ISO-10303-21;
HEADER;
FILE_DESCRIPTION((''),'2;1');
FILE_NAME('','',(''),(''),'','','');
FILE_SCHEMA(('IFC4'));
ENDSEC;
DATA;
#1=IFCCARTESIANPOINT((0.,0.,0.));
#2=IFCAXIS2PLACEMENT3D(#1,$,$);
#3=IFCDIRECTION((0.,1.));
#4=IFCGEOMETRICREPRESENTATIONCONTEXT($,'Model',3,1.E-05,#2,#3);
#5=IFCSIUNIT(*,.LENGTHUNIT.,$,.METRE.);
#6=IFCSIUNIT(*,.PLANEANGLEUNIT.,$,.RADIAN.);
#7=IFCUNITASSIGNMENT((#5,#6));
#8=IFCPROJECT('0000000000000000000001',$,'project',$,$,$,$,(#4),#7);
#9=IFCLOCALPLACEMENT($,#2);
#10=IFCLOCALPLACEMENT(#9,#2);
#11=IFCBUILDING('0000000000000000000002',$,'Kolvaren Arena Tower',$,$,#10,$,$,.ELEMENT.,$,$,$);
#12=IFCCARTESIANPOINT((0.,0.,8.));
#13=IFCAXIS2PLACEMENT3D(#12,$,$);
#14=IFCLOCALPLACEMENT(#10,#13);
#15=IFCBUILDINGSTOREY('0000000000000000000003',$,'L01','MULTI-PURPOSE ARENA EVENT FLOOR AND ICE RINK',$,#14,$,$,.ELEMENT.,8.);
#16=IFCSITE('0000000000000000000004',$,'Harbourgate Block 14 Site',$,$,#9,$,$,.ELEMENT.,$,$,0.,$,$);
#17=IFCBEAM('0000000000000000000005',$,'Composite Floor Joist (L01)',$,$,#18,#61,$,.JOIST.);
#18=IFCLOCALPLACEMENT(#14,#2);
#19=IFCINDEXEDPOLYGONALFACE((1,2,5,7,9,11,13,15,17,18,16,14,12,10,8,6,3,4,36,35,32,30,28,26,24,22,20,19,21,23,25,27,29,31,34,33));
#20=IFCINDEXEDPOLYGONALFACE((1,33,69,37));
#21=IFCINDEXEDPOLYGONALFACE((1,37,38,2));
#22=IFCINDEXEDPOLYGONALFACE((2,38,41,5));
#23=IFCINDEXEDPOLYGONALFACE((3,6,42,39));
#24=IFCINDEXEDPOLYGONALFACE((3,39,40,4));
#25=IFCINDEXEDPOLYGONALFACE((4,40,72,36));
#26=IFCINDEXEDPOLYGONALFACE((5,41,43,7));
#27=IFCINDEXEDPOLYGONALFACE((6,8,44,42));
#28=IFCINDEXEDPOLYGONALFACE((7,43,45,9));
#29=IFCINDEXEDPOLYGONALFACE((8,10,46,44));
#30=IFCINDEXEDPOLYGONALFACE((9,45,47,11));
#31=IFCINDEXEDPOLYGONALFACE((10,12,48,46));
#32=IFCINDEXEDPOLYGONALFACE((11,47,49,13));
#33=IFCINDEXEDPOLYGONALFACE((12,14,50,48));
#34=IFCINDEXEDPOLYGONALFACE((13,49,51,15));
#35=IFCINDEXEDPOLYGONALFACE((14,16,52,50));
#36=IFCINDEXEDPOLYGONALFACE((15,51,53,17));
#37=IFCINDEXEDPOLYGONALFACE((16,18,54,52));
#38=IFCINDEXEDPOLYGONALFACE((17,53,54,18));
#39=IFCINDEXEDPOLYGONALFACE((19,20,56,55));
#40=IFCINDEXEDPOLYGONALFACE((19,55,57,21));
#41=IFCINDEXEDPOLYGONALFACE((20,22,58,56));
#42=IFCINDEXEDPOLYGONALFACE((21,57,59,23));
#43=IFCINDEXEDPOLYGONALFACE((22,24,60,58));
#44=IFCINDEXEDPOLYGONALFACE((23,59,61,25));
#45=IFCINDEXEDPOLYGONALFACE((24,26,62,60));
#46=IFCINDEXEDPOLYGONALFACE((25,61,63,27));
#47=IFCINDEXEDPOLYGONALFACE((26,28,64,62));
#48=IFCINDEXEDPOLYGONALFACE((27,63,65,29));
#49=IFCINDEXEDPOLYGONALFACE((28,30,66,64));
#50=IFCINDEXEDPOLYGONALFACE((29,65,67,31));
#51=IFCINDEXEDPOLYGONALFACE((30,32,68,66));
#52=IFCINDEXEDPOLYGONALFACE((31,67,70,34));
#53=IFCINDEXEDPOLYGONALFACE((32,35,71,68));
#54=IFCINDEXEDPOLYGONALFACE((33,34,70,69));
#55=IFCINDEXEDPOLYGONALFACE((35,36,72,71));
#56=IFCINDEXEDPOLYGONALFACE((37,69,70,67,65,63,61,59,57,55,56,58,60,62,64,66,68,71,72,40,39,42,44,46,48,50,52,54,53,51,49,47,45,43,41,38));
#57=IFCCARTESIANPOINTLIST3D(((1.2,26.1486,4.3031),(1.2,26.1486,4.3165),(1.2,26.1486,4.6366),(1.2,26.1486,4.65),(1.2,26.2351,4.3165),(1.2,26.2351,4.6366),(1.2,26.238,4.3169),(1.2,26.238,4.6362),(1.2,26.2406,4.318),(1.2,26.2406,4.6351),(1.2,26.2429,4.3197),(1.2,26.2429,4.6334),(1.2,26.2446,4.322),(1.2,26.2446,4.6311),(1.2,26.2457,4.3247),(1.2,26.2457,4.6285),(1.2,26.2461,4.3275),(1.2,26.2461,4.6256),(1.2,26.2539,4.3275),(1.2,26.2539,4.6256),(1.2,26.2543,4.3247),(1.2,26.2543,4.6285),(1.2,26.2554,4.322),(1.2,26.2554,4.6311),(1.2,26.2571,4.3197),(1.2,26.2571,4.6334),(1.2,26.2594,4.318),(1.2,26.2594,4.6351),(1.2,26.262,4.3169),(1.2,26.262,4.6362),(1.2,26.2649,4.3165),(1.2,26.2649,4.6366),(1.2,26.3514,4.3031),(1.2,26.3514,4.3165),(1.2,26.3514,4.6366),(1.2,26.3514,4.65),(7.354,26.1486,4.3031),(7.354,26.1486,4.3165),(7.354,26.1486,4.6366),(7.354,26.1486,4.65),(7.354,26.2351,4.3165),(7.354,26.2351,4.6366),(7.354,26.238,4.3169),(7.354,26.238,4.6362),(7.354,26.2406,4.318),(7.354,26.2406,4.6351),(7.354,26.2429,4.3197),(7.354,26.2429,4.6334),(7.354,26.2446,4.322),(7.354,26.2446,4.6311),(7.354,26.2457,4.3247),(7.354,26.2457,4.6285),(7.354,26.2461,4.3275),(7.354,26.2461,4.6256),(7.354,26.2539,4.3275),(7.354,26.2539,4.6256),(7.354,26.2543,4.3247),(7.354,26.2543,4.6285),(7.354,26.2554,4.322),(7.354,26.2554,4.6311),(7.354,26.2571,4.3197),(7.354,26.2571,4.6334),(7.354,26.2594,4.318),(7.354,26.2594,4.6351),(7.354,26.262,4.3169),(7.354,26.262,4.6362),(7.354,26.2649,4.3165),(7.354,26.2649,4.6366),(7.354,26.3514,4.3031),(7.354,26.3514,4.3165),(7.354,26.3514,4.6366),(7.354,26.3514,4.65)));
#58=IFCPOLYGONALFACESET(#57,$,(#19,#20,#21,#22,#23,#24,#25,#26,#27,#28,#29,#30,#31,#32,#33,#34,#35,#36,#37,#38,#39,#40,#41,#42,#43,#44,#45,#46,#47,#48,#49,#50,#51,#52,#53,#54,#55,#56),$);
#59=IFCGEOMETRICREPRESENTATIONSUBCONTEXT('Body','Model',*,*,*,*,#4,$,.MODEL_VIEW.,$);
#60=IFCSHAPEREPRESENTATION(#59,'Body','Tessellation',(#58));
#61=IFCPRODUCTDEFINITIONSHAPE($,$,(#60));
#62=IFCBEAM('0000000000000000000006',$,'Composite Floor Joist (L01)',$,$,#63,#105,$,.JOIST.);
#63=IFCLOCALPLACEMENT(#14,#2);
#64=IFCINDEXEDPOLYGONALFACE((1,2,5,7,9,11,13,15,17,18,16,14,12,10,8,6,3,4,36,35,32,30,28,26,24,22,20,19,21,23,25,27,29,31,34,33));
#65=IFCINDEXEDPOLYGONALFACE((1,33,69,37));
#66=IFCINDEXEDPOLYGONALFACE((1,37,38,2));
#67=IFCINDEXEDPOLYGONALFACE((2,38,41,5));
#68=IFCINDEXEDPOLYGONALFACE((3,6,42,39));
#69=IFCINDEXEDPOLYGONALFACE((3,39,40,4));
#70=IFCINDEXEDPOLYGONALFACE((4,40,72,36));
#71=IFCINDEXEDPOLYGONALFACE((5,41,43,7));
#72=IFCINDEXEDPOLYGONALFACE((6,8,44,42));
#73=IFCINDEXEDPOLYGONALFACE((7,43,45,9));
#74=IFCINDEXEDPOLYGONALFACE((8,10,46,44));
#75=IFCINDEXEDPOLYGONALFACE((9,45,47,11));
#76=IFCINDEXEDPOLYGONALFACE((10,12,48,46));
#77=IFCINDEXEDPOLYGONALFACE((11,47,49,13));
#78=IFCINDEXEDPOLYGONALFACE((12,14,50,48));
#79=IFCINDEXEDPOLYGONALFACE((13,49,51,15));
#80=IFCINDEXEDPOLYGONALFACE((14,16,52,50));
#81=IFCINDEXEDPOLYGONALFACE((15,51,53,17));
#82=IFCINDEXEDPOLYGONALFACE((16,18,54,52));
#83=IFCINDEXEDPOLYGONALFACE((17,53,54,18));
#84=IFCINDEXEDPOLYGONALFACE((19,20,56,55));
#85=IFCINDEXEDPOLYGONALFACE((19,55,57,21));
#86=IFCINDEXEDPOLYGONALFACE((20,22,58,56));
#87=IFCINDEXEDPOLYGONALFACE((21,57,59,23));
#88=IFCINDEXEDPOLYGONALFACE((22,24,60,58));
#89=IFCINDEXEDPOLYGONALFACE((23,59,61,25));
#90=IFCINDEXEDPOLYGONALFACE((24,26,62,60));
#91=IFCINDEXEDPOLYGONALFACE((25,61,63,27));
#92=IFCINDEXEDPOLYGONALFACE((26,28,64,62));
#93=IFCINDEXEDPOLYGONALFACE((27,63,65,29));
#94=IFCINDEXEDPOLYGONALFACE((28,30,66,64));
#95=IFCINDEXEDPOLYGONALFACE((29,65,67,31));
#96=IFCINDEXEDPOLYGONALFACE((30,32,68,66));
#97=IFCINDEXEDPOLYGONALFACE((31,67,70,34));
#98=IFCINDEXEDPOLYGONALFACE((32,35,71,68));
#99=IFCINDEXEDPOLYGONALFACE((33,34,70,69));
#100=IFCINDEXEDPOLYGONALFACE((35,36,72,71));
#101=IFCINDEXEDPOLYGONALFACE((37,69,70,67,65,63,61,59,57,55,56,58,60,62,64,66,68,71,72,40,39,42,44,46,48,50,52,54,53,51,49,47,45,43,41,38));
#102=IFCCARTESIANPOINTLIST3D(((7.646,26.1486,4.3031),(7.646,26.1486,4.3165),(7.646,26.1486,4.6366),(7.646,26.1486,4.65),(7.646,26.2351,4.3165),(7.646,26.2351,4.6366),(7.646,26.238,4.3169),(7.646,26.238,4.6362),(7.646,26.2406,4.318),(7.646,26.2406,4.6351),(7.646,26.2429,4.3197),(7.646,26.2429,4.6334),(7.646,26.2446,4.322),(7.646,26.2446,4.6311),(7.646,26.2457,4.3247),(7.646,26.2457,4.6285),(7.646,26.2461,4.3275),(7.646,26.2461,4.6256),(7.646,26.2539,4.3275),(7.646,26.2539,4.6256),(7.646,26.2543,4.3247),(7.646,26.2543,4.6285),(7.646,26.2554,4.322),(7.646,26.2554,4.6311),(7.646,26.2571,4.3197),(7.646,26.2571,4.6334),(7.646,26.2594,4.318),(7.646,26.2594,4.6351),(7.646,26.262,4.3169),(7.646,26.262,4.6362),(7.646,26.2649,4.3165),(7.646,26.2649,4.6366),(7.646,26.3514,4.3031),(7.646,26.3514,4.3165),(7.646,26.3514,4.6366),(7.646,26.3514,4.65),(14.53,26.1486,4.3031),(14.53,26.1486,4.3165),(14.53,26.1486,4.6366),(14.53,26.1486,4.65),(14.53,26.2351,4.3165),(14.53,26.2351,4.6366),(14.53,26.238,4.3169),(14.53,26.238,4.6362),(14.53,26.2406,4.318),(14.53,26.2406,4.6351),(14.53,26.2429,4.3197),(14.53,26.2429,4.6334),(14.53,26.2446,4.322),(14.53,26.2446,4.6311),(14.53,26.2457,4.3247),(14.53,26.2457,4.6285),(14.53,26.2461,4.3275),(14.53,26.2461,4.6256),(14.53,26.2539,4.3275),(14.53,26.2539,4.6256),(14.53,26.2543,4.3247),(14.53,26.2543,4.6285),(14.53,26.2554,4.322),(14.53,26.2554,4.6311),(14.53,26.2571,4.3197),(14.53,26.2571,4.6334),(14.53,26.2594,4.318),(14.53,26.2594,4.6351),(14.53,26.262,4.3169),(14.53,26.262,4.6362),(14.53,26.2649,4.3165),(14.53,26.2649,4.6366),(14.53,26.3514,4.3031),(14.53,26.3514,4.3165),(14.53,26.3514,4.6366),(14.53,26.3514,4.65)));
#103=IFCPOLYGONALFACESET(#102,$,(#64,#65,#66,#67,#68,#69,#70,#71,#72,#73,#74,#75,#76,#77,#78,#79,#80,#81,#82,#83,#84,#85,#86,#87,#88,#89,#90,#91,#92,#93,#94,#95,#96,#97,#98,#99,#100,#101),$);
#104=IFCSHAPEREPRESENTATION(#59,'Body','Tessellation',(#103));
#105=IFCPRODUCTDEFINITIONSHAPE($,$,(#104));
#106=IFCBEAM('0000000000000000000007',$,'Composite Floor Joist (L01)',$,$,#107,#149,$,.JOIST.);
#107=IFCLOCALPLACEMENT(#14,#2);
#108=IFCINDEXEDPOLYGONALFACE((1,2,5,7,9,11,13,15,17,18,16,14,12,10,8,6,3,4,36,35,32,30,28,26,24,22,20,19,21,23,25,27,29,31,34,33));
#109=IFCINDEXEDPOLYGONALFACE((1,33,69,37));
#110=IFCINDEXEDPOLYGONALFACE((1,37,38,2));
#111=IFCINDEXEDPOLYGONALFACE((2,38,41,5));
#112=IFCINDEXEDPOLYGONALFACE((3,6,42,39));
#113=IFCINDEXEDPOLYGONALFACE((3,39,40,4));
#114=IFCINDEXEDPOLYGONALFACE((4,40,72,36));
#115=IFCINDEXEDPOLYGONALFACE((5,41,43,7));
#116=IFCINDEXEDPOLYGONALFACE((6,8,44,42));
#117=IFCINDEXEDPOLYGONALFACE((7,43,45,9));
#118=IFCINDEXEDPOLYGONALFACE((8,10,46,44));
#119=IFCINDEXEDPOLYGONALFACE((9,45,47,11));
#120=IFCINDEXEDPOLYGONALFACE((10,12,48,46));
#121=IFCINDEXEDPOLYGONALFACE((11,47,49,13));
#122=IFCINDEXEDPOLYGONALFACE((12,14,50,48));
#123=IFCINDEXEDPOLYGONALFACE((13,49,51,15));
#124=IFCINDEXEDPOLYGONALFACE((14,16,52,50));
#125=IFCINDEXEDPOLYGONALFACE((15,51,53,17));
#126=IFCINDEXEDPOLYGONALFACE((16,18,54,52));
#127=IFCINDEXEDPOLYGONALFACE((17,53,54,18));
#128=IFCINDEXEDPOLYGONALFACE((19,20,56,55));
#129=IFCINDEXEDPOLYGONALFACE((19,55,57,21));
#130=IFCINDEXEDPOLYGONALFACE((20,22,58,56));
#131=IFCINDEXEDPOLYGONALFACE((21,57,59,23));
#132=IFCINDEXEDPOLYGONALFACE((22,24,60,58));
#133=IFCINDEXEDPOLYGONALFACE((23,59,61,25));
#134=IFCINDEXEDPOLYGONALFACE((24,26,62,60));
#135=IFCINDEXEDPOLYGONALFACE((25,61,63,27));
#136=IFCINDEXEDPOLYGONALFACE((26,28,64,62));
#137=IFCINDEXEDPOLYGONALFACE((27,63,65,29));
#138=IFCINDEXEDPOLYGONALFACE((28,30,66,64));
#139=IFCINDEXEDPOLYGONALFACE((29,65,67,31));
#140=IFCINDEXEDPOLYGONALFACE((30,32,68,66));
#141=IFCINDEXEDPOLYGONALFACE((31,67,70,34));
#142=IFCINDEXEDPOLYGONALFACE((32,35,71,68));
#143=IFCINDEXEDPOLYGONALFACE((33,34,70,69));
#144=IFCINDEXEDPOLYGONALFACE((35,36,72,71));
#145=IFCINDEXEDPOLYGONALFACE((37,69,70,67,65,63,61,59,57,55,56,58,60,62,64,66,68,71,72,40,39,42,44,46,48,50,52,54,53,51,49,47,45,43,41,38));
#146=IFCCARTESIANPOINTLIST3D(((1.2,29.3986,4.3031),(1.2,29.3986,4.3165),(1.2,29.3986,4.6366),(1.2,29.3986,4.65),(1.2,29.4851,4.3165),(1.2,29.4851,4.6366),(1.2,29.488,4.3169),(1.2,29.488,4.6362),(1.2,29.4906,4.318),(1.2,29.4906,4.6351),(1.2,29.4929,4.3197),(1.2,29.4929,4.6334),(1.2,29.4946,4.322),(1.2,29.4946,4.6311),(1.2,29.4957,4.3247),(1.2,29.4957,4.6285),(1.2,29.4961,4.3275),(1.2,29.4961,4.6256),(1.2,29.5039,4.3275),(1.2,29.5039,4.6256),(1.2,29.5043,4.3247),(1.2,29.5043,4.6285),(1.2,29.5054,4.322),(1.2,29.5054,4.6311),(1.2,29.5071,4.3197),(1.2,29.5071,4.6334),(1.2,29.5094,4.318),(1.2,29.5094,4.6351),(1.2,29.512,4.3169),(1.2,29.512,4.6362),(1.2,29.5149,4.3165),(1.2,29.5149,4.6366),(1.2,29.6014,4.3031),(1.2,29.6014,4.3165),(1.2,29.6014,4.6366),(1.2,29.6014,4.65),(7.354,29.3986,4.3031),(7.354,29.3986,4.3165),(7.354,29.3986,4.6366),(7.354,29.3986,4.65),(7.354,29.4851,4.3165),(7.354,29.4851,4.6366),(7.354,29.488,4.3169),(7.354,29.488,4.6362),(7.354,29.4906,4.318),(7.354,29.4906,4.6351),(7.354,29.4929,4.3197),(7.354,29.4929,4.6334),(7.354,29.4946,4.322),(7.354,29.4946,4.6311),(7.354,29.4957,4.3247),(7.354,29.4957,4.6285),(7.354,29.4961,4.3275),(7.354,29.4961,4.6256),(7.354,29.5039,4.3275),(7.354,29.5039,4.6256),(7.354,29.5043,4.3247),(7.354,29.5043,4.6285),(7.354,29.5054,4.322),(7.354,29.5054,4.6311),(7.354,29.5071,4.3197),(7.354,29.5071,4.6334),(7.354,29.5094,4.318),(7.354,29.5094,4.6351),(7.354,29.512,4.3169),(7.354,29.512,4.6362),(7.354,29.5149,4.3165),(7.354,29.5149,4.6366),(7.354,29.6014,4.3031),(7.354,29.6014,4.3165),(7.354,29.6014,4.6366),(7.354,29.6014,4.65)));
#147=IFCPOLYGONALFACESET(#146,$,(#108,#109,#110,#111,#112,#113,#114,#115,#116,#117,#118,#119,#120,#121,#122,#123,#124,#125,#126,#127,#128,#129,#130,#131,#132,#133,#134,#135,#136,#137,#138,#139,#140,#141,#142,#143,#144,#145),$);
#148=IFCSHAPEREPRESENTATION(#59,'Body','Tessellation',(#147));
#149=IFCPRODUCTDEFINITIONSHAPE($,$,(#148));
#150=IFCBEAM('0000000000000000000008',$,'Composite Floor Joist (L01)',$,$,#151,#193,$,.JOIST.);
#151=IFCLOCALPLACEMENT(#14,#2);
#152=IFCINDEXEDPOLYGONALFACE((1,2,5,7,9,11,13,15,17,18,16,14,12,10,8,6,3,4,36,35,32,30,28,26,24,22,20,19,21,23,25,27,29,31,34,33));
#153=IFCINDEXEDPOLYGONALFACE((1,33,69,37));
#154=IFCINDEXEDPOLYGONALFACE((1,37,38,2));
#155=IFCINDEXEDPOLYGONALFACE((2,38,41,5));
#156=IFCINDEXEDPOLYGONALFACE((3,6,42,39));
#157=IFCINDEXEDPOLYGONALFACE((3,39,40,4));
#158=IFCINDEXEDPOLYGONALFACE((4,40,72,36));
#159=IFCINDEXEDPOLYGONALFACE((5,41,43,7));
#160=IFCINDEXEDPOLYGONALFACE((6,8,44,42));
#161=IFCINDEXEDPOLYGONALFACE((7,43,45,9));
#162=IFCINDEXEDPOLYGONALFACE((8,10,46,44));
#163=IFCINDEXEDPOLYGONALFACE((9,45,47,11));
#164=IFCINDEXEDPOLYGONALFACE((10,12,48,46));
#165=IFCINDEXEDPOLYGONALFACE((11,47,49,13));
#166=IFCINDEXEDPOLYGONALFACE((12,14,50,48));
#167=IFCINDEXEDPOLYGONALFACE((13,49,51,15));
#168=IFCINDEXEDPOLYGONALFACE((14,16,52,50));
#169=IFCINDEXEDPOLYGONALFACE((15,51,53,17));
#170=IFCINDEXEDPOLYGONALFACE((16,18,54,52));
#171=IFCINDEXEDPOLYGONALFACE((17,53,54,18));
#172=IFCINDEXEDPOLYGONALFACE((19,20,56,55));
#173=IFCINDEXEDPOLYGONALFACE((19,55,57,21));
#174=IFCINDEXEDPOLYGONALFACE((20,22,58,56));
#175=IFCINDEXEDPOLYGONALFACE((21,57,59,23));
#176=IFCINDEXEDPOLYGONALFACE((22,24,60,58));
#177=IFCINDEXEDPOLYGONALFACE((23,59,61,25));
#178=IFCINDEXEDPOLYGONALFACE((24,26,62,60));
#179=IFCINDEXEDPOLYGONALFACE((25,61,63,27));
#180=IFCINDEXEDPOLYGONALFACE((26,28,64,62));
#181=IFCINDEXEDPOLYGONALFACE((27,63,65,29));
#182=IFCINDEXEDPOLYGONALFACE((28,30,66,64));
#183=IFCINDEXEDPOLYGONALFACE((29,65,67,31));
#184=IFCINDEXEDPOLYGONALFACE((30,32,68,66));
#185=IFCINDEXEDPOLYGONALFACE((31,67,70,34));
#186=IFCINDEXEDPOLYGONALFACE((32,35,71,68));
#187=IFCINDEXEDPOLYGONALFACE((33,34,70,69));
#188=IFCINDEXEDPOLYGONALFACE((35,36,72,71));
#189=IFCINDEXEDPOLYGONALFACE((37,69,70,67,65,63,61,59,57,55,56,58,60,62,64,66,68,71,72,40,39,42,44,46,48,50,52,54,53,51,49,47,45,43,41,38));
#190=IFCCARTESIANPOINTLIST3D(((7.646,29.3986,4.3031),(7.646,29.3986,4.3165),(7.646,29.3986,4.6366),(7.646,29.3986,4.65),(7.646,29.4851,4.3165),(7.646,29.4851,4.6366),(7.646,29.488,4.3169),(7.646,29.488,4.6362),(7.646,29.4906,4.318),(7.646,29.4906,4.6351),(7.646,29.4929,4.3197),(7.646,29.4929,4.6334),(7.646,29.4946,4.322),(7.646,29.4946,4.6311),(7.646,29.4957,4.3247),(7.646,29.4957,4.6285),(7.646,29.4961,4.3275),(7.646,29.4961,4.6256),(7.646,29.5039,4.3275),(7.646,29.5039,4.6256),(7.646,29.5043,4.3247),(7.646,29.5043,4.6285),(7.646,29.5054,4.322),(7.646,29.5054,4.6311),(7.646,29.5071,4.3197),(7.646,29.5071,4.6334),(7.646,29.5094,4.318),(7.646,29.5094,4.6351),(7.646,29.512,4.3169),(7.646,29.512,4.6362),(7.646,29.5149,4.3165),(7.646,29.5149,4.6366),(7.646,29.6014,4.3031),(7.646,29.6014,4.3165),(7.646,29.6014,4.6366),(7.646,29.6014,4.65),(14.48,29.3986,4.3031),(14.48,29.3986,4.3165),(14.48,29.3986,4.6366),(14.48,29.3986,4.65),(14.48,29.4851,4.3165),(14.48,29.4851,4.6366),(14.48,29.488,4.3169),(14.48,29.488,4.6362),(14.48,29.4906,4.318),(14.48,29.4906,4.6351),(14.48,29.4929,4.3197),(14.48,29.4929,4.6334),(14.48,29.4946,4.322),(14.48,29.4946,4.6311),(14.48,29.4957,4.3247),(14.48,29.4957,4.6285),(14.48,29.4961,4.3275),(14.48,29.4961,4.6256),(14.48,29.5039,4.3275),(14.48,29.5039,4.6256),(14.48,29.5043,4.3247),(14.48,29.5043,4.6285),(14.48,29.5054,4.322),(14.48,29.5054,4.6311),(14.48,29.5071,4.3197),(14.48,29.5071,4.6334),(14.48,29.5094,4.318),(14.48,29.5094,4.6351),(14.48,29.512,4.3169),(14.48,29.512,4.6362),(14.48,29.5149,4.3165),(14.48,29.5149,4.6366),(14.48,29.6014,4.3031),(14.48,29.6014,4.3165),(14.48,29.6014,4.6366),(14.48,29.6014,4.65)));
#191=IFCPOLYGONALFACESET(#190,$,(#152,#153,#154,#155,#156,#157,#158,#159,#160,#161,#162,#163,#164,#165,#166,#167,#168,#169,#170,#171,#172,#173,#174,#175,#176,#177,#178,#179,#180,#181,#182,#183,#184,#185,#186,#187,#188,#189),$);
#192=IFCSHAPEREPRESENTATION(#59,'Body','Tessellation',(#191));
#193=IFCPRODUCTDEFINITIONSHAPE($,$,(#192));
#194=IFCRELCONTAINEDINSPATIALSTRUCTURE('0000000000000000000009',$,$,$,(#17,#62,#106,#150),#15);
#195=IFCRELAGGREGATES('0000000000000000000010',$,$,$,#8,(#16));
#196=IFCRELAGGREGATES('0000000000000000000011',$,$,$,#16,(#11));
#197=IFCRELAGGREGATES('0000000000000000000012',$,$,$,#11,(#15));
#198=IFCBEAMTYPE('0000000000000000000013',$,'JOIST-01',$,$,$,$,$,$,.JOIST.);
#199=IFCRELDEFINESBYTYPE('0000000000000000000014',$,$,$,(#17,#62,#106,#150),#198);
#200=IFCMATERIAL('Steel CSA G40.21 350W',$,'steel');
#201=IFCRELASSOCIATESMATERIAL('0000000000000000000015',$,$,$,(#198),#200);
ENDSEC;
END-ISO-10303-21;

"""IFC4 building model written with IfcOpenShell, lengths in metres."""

from ifc_helpers import new_model, si_unit, direction, frame, origin, origin_2d, place, context, subcontext, project, spatial, i_section, extrude, material, material_profile, profile_set, type_object, element, save


model = new_model("IFC4")

# Units and contexts
model_context = context("Model", 3, precision=1e-05, world=origin(), true_north=direction((0.0, 1.0)))
body_context = subcontext(model_context, "Body", "Model", "MODEL_VIEW")
ifc_project = project(units=[si_unit("LENGTHUNIT", "METRE"), si_unit("PLANEANGLEUNIT", "RADIAN")], contexts=[model_context])

# Site, building, storey
site_placement = place(None, origin())
site = spatial("IfcSite", under=ifc_project, at=site_placement, Name="Harbourgate Block 14 Site", CompositionType="ELEMENT", RefElevation=0.0)
building_placement = place(site_placement, origin())
building = spatial("IfcBuilding", under=site, at=building_placement, Name="Kolvaren Arena Tower", CompositionType="ELEMENT")
storey_placement = place(building_placement, frame((0.0, 0.0, 8.0)))
storey = spatial("IfcBuildingStorey", under=building, at=storey_placement, Name="L01", Description="MULTI-PURPOSE ARENA EVENT FLOOR AND ICE RINK", CompositionType="ELEMENT", Elevation=8.0)

# Beams
ifc_material_1 = material(Name="Steel CSA G40.21 350W", Category="steel")
ifc_material_profile_1 = material_profile(ifc_material_1, i_section(OverallWidth=0.2029, OverallDepth=0.3469, WebThickness=0.0078, FlangeThickness=0.0134, FilletRadius=0.011, at=origin_2d()), Name="W360x64")
ifc_profile_set_1 = profile_set([ifc_material_profile_1], Name="Steel CSA G40.21 350W")
beam_type_1 = type_object("IfcBeamType", Name="JOIST-01", PredefinedType="JOIST", material=ifc_profile_set_1)
beam_1_placement = place(storey_placement, frame((1.2, 26.25, 4.4766), z_axis=(1.0, 0.0, 0.0), x_axis=(0.0, 1.0, 0.0)))
element("IfcBeam", 1, at=beam_1_placement, inside=storey, type_object=beam_type_1, Name="Composite Floor Joist (L01)", PredefinedType="JOIST", context=body_context, shape_type="SweptSolid", body=[
    extrude(i_section(OverallWidth=0.2029, OverallDepth=0.3469, WebThickness=0.0078, FlangeThickness=0.0134, FilletRadius=0.011, at=origin_2d()), origin(), (0.0, 0.0, 1.0), 6.1541),
])
beam_2_placement = place(storey_placement, frame((7.646, 26.25, 4.4766), z_axis=(1.0, 0.0, 0.0), x_axis=(0.0, 1.0, 0.0)))
element("IfcBeam", 2, at=beam_2_placement, inside=storey, type_object=beam_type_1, Name="Composite Floor Joist (L01)", PredefinedType="JOIST", context=body_context, shape_type="SweptSolid", body=[
    extrude(i_section(OverallWidth=0.2029, OverallDepth=0.3469, WebThickness=0.0078, FlangeThickness=0.0134, FilletRadius=0.011, at=origin_2d()), origin(), (0.0, 0.0, 1.0), 6.884),
])
beam_3_placement = place(storey_placement, frame((1.2, 29.5, 4.4766), z_axis=(1.0, 0.0, 0.0), x_axis=(0.0, 1.0, 0.0)))
element("IfcBeam", 3, at=beam_3_placement, inside=storey, type_object=beam_type_1, Name="Composite Floor Joist (L01)", PredefinedType="JOIST", context=body_context, shape_type="SweptSolid", body=[
    extrude(i_section(OverallWidth=0.2029, OverallDepth=0.3469, WebThickness=0.0078, FlangeThickness=0.0134, FilletRadius=0.011, at=origin_2d()), origin(), (0.0, 0.0, 1.0), 6.1541),
])
beam_4_placement = place(storey_placement, frame((7.646, 29.5, 4.4766), z_axis=(1.0, 0.0, 0.0), x_axis=(0.0, 1.0, 0.0)))
element("IfcBeam", 4, at=beam_4_placement, inside=storey, type_object=beam_type_1, Name="Composite Floor Joist (L01)", PredefinedType="JOIST", context=body_context, shape_type="SweptSolid", body=[
    extrude(i_section(OverallWidth=0.2029, OverallDepth=0.3469, WebThickness=0.0078, FlangeThickness=0.0134, FilletRadius=0.011, at=origin_2d()), origin(), (0.0, 0.0, 1.0), 6.834),
])

save(model, "model.ifc")
